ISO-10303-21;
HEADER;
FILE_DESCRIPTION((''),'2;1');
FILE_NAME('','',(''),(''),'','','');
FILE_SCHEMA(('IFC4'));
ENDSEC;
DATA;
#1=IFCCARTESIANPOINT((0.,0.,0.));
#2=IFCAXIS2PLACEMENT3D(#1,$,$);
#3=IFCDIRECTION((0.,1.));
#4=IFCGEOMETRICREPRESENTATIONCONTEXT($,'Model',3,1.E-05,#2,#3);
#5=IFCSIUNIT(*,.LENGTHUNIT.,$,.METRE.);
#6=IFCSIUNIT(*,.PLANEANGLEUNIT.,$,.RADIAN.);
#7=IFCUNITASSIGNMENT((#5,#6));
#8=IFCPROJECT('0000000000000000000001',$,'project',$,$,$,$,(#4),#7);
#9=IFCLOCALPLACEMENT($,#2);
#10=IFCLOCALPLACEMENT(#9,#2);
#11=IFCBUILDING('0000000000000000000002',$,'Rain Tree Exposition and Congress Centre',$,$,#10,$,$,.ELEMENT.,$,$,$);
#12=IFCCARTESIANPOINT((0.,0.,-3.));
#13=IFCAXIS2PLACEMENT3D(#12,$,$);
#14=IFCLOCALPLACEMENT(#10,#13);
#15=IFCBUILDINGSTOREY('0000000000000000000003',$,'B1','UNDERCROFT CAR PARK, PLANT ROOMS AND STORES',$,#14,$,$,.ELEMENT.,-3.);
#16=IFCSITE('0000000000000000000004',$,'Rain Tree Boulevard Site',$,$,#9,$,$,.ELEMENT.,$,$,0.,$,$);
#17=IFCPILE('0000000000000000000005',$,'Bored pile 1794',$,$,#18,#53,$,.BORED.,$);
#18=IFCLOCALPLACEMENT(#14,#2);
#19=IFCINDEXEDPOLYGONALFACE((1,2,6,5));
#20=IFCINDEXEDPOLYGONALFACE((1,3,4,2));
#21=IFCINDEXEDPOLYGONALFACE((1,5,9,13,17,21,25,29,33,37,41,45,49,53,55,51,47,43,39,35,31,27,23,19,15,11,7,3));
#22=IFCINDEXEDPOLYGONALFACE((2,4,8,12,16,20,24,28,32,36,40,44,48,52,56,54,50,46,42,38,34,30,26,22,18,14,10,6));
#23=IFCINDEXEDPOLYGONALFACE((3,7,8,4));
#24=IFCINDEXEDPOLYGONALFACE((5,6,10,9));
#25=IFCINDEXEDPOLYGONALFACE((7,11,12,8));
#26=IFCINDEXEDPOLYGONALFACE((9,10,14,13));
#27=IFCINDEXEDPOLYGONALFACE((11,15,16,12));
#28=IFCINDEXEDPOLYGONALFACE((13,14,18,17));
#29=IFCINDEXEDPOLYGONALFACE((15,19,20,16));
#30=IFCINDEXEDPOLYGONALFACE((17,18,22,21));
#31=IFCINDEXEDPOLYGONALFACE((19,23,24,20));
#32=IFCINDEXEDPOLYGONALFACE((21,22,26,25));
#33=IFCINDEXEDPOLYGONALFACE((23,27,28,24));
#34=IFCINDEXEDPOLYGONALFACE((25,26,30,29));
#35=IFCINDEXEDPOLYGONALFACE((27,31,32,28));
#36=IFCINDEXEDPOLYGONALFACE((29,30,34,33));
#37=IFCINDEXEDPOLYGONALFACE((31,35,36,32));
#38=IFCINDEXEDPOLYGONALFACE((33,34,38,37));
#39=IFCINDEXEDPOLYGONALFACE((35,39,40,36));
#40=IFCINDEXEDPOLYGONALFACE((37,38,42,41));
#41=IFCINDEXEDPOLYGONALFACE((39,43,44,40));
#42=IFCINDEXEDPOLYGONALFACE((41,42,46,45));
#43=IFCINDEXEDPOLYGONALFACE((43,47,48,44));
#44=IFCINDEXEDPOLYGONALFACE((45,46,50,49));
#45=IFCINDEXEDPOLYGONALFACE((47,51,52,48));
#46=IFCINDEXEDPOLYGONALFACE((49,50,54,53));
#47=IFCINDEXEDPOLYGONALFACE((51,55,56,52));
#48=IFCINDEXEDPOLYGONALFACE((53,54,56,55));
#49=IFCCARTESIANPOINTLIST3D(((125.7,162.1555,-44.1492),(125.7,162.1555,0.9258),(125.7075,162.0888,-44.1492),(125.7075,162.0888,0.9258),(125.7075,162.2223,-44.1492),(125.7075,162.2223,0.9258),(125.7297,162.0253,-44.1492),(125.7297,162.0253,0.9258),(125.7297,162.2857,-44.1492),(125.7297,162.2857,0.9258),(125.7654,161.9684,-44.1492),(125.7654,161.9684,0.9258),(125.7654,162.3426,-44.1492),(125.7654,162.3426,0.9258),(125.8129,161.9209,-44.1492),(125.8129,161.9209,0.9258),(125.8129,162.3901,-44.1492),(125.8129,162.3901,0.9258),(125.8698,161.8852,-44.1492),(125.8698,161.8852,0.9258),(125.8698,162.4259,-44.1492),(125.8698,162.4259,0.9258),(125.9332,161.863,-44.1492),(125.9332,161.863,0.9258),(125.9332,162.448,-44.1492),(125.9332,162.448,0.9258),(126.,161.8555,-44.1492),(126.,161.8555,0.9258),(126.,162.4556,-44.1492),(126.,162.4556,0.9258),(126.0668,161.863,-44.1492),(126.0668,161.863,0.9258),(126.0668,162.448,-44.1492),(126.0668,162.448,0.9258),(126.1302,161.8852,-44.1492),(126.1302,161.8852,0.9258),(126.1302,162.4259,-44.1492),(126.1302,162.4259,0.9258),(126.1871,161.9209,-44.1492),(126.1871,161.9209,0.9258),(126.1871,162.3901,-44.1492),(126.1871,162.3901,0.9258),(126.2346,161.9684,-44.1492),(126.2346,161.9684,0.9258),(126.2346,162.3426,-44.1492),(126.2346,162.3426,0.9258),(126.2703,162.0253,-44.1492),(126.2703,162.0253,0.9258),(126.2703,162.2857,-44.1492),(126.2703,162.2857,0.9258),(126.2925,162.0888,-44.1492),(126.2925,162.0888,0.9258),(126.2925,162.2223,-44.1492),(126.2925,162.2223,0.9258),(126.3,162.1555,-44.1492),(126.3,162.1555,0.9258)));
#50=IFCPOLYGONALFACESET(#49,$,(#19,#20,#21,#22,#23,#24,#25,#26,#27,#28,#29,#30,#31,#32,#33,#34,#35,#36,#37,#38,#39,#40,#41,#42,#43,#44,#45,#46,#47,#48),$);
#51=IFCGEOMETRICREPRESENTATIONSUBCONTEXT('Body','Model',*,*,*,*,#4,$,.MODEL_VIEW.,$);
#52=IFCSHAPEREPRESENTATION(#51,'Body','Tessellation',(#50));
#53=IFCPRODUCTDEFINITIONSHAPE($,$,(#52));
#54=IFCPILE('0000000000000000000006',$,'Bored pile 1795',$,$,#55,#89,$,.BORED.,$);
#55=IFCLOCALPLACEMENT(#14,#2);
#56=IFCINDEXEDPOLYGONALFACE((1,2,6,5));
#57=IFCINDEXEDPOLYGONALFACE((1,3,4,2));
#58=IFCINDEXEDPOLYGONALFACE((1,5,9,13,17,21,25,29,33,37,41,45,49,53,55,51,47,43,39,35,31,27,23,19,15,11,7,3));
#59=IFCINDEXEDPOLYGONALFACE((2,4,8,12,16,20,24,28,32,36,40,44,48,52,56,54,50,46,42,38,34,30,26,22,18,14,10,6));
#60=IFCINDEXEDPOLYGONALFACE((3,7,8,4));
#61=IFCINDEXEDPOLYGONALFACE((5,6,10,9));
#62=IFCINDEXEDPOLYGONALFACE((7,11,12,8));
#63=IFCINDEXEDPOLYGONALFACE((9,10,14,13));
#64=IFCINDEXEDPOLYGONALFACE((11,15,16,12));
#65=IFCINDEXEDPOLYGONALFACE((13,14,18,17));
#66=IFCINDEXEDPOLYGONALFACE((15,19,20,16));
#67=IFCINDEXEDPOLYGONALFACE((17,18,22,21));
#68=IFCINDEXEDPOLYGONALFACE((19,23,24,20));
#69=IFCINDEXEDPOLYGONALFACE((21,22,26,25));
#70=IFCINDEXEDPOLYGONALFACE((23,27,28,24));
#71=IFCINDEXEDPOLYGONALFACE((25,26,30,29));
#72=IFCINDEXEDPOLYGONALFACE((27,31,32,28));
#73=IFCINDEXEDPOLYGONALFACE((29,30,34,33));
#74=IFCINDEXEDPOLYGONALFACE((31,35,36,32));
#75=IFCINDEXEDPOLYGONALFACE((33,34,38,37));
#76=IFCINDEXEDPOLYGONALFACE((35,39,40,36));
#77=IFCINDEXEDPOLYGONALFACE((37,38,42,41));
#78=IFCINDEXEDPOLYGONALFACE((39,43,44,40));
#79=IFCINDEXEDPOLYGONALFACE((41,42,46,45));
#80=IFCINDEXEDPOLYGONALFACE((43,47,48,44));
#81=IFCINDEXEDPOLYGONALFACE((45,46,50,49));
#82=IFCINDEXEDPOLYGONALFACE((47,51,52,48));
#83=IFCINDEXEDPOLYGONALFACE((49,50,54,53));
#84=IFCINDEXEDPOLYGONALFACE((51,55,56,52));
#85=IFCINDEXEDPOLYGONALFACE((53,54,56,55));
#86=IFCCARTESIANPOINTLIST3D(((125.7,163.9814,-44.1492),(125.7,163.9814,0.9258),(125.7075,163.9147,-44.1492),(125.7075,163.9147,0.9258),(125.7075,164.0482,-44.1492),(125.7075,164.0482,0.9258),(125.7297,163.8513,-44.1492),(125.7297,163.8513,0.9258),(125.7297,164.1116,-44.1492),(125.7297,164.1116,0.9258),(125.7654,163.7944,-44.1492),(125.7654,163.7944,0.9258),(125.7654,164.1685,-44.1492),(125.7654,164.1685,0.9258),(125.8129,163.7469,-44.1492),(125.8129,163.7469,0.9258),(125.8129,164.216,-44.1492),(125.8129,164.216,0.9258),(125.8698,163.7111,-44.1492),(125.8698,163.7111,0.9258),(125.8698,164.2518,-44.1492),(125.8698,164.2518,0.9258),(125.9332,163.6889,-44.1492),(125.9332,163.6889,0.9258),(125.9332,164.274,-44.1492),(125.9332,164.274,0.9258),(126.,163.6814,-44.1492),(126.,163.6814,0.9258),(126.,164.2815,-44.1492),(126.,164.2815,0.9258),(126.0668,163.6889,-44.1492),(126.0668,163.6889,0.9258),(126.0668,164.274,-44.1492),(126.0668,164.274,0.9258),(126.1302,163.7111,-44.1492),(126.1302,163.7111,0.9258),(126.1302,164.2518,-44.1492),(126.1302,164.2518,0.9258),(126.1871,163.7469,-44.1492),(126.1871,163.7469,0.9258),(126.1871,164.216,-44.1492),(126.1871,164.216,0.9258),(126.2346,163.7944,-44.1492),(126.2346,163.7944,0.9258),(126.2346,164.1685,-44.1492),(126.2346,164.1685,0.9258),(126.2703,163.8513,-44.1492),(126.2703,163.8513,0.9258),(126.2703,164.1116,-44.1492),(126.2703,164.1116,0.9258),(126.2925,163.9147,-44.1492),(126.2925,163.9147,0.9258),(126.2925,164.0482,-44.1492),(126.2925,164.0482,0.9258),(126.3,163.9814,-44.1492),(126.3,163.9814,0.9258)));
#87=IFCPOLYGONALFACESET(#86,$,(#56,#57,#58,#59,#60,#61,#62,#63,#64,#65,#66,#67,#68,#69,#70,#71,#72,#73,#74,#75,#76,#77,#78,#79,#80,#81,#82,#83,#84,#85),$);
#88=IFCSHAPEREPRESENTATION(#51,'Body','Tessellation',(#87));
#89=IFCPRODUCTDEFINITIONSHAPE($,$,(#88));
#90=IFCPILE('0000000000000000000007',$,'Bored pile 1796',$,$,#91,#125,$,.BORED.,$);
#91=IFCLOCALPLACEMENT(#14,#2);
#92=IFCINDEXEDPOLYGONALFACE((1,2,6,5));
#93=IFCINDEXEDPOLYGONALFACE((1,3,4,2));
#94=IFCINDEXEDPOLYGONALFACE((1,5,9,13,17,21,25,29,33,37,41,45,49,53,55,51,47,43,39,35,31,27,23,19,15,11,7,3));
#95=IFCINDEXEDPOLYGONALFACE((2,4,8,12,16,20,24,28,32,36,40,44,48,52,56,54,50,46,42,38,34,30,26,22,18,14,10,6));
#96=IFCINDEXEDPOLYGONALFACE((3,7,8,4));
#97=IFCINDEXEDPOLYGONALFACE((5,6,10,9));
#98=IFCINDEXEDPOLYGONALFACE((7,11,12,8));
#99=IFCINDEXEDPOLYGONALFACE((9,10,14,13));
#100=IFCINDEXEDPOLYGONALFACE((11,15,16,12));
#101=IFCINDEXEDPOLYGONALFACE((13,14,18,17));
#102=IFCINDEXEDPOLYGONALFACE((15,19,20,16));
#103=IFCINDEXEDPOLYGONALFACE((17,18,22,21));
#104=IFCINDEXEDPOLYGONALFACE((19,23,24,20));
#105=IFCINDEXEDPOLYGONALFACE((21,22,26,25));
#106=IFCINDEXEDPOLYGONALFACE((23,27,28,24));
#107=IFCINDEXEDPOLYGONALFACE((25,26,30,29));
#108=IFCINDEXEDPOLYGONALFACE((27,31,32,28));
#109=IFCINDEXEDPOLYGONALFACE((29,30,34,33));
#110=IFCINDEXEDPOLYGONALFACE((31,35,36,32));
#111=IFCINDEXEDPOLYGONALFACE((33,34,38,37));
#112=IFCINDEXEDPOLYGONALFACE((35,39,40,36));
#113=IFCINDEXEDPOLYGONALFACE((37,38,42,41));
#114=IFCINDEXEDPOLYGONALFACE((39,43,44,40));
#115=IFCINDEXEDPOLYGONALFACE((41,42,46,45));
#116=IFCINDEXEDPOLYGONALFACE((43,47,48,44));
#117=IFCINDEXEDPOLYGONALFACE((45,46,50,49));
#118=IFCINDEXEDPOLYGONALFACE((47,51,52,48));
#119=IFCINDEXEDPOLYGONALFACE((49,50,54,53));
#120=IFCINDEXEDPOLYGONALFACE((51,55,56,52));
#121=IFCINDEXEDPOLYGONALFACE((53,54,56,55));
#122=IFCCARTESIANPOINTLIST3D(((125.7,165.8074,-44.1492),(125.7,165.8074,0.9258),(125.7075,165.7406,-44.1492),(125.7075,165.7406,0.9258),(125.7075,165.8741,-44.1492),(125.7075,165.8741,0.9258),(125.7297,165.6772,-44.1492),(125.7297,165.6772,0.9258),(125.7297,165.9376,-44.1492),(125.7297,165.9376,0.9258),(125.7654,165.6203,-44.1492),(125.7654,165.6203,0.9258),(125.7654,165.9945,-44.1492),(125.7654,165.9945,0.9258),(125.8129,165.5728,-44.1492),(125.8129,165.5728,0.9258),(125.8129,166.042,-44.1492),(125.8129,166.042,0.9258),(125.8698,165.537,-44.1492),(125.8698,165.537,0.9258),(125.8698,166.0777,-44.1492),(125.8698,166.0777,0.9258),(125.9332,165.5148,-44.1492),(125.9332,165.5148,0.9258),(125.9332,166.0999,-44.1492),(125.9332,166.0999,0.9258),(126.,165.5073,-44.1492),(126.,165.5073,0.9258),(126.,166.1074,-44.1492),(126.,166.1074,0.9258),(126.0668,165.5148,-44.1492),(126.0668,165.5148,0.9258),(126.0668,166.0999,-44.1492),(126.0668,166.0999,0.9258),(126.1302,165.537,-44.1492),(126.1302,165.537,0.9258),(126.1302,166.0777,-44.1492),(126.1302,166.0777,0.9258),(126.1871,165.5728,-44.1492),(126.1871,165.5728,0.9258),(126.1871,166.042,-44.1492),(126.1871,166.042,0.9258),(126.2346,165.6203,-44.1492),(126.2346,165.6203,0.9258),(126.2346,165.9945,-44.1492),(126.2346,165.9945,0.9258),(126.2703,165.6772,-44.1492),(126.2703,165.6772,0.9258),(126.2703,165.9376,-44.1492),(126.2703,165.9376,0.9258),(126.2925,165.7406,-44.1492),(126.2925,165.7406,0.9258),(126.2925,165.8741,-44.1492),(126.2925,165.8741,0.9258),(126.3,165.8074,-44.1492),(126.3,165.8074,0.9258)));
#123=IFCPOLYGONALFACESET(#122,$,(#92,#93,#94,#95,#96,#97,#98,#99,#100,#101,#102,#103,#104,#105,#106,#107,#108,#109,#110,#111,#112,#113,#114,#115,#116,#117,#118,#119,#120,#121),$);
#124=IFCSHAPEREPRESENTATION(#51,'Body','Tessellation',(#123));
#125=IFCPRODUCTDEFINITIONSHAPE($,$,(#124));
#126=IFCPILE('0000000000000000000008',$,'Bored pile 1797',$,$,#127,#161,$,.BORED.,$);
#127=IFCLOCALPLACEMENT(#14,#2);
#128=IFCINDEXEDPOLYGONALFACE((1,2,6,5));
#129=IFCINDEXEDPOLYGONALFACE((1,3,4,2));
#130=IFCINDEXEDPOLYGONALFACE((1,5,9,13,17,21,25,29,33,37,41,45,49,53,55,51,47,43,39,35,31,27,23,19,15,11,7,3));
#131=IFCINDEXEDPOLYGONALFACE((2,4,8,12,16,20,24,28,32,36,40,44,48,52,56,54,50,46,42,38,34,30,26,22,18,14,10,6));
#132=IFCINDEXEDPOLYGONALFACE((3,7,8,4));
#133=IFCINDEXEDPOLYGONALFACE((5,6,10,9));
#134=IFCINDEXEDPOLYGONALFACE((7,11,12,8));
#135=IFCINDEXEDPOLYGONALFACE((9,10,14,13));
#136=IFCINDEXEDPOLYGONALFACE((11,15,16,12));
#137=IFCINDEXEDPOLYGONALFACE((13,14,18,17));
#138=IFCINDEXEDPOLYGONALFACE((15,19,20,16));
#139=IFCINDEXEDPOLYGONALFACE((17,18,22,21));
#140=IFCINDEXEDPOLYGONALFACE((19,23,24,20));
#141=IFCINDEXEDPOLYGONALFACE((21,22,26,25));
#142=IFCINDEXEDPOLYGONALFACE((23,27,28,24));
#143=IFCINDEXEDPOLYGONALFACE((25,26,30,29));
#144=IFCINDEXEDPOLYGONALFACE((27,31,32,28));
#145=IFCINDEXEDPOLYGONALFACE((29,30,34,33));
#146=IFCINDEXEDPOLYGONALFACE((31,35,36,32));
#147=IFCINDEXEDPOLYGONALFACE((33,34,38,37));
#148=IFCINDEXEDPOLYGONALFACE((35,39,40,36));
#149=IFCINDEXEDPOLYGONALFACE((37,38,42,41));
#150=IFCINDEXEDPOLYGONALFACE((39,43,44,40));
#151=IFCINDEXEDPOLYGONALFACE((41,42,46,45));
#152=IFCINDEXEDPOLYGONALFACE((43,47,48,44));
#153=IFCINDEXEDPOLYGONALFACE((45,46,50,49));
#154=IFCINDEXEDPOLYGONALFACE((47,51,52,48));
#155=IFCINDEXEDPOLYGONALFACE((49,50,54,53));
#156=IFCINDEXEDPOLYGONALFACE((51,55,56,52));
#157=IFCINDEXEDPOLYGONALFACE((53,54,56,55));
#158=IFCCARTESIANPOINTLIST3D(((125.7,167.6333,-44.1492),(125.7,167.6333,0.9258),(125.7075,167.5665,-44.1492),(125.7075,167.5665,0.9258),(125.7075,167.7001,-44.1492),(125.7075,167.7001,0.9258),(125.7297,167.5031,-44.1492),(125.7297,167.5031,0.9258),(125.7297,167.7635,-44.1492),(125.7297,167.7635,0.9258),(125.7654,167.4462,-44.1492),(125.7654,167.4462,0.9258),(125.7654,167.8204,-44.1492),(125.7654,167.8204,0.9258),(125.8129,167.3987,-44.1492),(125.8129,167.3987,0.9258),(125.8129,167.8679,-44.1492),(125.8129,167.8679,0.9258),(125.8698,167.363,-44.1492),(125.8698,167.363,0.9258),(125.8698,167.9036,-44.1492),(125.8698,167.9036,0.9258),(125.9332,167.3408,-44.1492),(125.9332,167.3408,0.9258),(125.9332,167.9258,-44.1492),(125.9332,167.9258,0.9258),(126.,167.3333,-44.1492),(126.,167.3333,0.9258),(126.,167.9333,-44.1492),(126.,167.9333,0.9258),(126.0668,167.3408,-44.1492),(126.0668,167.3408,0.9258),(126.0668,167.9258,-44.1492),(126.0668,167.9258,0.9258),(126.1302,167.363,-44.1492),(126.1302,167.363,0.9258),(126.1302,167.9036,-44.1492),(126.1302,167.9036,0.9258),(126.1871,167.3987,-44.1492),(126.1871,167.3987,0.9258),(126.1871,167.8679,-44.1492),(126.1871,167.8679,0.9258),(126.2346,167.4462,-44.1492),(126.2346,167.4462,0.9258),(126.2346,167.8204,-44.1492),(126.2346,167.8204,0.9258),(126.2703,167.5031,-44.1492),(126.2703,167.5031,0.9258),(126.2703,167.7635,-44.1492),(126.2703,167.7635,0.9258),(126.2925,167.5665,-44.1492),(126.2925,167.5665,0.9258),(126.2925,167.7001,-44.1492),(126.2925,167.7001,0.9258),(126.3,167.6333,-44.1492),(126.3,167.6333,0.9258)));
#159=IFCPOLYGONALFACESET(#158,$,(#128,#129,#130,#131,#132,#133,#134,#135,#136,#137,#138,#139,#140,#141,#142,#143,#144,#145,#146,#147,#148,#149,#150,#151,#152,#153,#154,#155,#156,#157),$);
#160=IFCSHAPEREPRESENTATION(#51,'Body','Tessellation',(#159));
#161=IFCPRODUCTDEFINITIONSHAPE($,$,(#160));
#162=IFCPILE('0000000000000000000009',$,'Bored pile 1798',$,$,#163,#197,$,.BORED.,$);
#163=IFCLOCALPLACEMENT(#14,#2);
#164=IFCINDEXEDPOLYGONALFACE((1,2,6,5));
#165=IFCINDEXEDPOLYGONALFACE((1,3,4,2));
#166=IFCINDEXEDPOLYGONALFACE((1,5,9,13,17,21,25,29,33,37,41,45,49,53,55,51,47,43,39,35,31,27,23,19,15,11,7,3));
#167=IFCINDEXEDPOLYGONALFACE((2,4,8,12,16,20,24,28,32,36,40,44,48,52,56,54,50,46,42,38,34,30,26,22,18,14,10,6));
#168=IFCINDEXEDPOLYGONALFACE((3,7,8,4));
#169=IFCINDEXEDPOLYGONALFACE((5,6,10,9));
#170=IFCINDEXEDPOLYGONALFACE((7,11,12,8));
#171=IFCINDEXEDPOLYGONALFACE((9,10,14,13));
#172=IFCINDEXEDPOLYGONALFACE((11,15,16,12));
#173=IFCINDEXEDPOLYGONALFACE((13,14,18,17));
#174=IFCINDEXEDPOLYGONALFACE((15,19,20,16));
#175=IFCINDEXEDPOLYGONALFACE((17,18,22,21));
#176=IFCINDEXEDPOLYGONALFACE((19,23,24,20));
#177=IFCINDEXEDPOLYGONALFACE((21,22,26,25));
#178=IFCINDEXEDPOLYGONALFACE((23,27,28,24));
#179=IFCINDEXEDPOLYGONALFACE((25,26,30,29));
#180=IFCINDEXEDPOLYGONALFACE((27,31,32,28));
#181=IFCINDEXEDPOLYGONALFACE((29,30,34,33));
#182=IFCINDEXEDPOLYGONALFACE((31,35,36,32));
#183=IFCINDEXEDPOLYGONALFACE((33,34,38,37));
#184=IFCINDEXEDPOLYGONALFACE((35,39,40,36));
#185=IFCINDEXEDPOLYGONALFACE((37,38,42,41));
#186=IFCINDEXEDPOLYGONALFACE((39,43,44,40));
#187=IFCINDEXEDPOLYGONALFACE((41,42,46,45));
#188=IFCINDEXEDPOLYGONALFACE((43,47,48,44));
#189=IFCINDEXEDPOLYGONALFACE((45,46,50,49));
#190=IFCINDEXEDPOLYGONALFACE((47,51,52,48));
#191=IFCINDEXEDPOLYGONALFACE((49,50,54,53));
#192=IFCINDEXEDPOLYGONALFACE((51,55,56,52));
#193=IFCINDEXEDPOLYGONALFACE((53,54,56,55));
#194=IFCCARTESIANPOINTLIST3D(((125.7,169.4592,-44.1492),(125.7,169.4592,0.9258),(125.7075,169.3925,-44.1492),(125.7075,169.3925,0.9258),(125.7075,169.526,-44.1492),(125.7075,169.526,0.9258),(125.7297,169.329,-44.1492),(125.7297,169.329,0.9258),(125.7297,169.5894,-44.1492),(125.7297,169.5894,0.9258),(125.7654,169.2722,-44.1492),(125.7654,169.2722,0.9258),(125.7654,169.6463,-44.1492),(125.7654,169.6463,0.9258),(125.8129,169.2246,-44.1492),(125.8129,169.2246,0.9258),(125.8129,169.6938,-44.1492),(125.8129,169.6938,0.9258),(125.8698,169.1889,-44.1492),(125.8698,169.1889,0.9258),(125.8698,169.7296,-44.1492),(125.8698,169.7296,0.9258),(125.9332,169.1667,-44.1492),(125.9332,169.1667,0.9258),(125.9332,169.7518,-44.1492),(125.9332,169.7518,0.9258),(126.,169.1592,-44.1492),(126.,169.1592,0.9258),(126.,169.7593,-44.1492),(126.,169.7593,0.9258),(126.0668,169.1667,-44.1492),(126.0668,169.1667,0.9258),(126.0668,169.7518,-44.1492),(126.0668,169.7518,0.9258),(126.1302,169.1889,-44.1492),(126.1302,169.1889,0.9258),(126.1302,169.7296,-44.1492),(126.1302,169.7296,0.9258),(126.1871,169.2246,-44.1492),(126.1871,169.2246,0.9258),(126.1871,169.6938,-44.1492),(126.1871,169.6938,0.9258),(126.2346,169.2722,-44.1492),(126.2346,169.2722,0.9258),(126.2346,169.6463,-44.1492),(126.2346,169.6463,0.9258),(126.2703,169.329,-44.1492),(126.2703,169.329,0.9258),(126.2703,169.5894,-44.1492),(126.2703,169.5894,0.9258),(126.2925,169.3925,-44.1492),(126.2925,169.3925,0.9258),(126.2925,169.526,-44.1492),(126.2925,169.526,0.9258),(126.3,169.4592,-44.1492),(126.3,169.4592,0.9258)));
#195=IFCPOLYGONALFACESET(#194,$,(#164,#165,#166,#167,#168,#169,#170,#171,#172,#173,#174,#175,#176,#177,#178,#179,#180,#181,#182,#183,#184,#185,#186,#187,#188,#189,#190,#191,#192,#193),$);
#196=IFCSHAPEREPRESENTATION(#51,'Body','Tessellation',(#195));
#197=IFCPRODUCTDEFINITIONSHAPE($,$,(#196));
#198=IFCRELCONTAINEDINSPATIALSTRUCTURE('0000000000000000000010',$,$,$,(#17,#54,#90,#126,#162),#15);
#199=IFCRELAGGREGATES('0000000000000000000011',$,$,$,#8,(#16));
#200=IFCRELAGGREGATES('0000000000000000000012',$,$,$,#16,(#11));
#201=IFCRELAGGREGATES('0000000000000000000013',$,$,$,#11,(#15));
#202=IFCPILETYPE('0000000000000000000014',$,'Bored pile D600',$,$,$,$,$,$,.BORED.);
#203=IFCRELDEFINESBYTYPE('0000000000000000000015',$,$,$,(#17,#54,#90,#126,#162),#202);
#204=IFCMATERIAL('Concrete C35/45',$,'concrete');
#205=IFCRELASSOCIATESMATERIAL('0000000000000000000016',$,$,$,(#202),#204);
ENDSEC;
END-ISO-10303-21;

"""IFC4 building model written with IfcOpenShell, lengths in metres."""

from ifc_helpers import new_model, si_unit, direction, frame, origin, origin_2d, place, context, subcontext, project, spatial, circle, extrude, material, material_profile, profile_set, type_object, element, save


model = new_model("IFC4")

# Units and contexts
model_context = context("Model", 3, precision=1e-05, world=origin(), true_north=direction((0.0, 1.0)))
body_context = subcontext(model_context, "Body", "Model", "MODEL_VIEW")
ifc_project = project(units=[si_unit("LENGTHUNIT", "METRE"), si_unit("PLANEANGLEUNIT", "RADIAN")], contexts=[model_context])

# Site, building, storey
site_placement = place(None, origin())
site = spatial("IfcSite", under=ifc_project, at=site_placement, Name="Rain Tree Boulevard Site", CompositionType="ELEMENT", RefElevation=0.0)
building_placement = place(site_placement, origin())
building = spatial("IfcBuilding", under=site, at=building_placement, Name="Rain Tree Exposition and Congress Centre", CompositionType="ELEMENT")
storey_placement = place(building_placement, frame((0.0, 0.0, -3.0)))
storey = spatial("IfcBuildingStorey", under=building, at=storey_placement, Name="B1", Description="UNDERCROFT CAR PARK, PLANT ROOMS AND STORES", CompositionType="ELEMENT", Elevation=-3.0)

# Piles
ifc_material_1 = material(Name="Concrete C35/45", Category="concrete")
ifc_material_profile_1 = material_profile(ifc_material_1, circle(Radius=0.3, at=origin_2d()), Name="D600")
ifc_profile_set_1 = profile_set([ifc_material_profile_1], Name="Concrete C35/45")
pile_type_1 = type_object("IfcPileType", Name="Bored pile D600", PredefinedType="BORED", material=ifc_profile_set_1)
for number, where, z_axis, x_axis, name in (
    (1, (126.0, 162.1555, 0.9258), (0.0, 0.0, -1.0), (1.0, 0.0, 0.0), "Bored pile 1794"),
    (2, (126.0, 163.9814, 0.9258), (0.0, 0.0, -1.0), (1.0, 0.0, 0.0), "Bored pile 1795"),
    (3, (126.0, 165.8074, 0.9258), (0.0, 0.0, -1.0), (1.0, 0.0, 0.0), "Bored pile 1796"),
    (4, (126.0, 167.6333, 0.9258), (0.0, 0.0, -1.0), (1.0, 0.0, 0.0), "Bored pile 1797"),
    (5, (126.0, 169.4592, 0.9258), (0.0, 0.0, -1.0), (1.0, 0.0, 0.0), "Bored pile 1798"),
):
    element("IfcPile", number, at=place(storey_placement, frame(where, z_axis=z_axis, x_axis=x_axis)), inside=storey, type_object=pile_type_1, Name=name, PredefinedType="BORED", context=body_context, shape_type="SweptSolid", body=[
        extrude(circle(Radius=0.3, at=origin_2d()), origin(), (0.0, 0.0, 1.0), 45.075),
    ])

save(model, "model.ifc")
